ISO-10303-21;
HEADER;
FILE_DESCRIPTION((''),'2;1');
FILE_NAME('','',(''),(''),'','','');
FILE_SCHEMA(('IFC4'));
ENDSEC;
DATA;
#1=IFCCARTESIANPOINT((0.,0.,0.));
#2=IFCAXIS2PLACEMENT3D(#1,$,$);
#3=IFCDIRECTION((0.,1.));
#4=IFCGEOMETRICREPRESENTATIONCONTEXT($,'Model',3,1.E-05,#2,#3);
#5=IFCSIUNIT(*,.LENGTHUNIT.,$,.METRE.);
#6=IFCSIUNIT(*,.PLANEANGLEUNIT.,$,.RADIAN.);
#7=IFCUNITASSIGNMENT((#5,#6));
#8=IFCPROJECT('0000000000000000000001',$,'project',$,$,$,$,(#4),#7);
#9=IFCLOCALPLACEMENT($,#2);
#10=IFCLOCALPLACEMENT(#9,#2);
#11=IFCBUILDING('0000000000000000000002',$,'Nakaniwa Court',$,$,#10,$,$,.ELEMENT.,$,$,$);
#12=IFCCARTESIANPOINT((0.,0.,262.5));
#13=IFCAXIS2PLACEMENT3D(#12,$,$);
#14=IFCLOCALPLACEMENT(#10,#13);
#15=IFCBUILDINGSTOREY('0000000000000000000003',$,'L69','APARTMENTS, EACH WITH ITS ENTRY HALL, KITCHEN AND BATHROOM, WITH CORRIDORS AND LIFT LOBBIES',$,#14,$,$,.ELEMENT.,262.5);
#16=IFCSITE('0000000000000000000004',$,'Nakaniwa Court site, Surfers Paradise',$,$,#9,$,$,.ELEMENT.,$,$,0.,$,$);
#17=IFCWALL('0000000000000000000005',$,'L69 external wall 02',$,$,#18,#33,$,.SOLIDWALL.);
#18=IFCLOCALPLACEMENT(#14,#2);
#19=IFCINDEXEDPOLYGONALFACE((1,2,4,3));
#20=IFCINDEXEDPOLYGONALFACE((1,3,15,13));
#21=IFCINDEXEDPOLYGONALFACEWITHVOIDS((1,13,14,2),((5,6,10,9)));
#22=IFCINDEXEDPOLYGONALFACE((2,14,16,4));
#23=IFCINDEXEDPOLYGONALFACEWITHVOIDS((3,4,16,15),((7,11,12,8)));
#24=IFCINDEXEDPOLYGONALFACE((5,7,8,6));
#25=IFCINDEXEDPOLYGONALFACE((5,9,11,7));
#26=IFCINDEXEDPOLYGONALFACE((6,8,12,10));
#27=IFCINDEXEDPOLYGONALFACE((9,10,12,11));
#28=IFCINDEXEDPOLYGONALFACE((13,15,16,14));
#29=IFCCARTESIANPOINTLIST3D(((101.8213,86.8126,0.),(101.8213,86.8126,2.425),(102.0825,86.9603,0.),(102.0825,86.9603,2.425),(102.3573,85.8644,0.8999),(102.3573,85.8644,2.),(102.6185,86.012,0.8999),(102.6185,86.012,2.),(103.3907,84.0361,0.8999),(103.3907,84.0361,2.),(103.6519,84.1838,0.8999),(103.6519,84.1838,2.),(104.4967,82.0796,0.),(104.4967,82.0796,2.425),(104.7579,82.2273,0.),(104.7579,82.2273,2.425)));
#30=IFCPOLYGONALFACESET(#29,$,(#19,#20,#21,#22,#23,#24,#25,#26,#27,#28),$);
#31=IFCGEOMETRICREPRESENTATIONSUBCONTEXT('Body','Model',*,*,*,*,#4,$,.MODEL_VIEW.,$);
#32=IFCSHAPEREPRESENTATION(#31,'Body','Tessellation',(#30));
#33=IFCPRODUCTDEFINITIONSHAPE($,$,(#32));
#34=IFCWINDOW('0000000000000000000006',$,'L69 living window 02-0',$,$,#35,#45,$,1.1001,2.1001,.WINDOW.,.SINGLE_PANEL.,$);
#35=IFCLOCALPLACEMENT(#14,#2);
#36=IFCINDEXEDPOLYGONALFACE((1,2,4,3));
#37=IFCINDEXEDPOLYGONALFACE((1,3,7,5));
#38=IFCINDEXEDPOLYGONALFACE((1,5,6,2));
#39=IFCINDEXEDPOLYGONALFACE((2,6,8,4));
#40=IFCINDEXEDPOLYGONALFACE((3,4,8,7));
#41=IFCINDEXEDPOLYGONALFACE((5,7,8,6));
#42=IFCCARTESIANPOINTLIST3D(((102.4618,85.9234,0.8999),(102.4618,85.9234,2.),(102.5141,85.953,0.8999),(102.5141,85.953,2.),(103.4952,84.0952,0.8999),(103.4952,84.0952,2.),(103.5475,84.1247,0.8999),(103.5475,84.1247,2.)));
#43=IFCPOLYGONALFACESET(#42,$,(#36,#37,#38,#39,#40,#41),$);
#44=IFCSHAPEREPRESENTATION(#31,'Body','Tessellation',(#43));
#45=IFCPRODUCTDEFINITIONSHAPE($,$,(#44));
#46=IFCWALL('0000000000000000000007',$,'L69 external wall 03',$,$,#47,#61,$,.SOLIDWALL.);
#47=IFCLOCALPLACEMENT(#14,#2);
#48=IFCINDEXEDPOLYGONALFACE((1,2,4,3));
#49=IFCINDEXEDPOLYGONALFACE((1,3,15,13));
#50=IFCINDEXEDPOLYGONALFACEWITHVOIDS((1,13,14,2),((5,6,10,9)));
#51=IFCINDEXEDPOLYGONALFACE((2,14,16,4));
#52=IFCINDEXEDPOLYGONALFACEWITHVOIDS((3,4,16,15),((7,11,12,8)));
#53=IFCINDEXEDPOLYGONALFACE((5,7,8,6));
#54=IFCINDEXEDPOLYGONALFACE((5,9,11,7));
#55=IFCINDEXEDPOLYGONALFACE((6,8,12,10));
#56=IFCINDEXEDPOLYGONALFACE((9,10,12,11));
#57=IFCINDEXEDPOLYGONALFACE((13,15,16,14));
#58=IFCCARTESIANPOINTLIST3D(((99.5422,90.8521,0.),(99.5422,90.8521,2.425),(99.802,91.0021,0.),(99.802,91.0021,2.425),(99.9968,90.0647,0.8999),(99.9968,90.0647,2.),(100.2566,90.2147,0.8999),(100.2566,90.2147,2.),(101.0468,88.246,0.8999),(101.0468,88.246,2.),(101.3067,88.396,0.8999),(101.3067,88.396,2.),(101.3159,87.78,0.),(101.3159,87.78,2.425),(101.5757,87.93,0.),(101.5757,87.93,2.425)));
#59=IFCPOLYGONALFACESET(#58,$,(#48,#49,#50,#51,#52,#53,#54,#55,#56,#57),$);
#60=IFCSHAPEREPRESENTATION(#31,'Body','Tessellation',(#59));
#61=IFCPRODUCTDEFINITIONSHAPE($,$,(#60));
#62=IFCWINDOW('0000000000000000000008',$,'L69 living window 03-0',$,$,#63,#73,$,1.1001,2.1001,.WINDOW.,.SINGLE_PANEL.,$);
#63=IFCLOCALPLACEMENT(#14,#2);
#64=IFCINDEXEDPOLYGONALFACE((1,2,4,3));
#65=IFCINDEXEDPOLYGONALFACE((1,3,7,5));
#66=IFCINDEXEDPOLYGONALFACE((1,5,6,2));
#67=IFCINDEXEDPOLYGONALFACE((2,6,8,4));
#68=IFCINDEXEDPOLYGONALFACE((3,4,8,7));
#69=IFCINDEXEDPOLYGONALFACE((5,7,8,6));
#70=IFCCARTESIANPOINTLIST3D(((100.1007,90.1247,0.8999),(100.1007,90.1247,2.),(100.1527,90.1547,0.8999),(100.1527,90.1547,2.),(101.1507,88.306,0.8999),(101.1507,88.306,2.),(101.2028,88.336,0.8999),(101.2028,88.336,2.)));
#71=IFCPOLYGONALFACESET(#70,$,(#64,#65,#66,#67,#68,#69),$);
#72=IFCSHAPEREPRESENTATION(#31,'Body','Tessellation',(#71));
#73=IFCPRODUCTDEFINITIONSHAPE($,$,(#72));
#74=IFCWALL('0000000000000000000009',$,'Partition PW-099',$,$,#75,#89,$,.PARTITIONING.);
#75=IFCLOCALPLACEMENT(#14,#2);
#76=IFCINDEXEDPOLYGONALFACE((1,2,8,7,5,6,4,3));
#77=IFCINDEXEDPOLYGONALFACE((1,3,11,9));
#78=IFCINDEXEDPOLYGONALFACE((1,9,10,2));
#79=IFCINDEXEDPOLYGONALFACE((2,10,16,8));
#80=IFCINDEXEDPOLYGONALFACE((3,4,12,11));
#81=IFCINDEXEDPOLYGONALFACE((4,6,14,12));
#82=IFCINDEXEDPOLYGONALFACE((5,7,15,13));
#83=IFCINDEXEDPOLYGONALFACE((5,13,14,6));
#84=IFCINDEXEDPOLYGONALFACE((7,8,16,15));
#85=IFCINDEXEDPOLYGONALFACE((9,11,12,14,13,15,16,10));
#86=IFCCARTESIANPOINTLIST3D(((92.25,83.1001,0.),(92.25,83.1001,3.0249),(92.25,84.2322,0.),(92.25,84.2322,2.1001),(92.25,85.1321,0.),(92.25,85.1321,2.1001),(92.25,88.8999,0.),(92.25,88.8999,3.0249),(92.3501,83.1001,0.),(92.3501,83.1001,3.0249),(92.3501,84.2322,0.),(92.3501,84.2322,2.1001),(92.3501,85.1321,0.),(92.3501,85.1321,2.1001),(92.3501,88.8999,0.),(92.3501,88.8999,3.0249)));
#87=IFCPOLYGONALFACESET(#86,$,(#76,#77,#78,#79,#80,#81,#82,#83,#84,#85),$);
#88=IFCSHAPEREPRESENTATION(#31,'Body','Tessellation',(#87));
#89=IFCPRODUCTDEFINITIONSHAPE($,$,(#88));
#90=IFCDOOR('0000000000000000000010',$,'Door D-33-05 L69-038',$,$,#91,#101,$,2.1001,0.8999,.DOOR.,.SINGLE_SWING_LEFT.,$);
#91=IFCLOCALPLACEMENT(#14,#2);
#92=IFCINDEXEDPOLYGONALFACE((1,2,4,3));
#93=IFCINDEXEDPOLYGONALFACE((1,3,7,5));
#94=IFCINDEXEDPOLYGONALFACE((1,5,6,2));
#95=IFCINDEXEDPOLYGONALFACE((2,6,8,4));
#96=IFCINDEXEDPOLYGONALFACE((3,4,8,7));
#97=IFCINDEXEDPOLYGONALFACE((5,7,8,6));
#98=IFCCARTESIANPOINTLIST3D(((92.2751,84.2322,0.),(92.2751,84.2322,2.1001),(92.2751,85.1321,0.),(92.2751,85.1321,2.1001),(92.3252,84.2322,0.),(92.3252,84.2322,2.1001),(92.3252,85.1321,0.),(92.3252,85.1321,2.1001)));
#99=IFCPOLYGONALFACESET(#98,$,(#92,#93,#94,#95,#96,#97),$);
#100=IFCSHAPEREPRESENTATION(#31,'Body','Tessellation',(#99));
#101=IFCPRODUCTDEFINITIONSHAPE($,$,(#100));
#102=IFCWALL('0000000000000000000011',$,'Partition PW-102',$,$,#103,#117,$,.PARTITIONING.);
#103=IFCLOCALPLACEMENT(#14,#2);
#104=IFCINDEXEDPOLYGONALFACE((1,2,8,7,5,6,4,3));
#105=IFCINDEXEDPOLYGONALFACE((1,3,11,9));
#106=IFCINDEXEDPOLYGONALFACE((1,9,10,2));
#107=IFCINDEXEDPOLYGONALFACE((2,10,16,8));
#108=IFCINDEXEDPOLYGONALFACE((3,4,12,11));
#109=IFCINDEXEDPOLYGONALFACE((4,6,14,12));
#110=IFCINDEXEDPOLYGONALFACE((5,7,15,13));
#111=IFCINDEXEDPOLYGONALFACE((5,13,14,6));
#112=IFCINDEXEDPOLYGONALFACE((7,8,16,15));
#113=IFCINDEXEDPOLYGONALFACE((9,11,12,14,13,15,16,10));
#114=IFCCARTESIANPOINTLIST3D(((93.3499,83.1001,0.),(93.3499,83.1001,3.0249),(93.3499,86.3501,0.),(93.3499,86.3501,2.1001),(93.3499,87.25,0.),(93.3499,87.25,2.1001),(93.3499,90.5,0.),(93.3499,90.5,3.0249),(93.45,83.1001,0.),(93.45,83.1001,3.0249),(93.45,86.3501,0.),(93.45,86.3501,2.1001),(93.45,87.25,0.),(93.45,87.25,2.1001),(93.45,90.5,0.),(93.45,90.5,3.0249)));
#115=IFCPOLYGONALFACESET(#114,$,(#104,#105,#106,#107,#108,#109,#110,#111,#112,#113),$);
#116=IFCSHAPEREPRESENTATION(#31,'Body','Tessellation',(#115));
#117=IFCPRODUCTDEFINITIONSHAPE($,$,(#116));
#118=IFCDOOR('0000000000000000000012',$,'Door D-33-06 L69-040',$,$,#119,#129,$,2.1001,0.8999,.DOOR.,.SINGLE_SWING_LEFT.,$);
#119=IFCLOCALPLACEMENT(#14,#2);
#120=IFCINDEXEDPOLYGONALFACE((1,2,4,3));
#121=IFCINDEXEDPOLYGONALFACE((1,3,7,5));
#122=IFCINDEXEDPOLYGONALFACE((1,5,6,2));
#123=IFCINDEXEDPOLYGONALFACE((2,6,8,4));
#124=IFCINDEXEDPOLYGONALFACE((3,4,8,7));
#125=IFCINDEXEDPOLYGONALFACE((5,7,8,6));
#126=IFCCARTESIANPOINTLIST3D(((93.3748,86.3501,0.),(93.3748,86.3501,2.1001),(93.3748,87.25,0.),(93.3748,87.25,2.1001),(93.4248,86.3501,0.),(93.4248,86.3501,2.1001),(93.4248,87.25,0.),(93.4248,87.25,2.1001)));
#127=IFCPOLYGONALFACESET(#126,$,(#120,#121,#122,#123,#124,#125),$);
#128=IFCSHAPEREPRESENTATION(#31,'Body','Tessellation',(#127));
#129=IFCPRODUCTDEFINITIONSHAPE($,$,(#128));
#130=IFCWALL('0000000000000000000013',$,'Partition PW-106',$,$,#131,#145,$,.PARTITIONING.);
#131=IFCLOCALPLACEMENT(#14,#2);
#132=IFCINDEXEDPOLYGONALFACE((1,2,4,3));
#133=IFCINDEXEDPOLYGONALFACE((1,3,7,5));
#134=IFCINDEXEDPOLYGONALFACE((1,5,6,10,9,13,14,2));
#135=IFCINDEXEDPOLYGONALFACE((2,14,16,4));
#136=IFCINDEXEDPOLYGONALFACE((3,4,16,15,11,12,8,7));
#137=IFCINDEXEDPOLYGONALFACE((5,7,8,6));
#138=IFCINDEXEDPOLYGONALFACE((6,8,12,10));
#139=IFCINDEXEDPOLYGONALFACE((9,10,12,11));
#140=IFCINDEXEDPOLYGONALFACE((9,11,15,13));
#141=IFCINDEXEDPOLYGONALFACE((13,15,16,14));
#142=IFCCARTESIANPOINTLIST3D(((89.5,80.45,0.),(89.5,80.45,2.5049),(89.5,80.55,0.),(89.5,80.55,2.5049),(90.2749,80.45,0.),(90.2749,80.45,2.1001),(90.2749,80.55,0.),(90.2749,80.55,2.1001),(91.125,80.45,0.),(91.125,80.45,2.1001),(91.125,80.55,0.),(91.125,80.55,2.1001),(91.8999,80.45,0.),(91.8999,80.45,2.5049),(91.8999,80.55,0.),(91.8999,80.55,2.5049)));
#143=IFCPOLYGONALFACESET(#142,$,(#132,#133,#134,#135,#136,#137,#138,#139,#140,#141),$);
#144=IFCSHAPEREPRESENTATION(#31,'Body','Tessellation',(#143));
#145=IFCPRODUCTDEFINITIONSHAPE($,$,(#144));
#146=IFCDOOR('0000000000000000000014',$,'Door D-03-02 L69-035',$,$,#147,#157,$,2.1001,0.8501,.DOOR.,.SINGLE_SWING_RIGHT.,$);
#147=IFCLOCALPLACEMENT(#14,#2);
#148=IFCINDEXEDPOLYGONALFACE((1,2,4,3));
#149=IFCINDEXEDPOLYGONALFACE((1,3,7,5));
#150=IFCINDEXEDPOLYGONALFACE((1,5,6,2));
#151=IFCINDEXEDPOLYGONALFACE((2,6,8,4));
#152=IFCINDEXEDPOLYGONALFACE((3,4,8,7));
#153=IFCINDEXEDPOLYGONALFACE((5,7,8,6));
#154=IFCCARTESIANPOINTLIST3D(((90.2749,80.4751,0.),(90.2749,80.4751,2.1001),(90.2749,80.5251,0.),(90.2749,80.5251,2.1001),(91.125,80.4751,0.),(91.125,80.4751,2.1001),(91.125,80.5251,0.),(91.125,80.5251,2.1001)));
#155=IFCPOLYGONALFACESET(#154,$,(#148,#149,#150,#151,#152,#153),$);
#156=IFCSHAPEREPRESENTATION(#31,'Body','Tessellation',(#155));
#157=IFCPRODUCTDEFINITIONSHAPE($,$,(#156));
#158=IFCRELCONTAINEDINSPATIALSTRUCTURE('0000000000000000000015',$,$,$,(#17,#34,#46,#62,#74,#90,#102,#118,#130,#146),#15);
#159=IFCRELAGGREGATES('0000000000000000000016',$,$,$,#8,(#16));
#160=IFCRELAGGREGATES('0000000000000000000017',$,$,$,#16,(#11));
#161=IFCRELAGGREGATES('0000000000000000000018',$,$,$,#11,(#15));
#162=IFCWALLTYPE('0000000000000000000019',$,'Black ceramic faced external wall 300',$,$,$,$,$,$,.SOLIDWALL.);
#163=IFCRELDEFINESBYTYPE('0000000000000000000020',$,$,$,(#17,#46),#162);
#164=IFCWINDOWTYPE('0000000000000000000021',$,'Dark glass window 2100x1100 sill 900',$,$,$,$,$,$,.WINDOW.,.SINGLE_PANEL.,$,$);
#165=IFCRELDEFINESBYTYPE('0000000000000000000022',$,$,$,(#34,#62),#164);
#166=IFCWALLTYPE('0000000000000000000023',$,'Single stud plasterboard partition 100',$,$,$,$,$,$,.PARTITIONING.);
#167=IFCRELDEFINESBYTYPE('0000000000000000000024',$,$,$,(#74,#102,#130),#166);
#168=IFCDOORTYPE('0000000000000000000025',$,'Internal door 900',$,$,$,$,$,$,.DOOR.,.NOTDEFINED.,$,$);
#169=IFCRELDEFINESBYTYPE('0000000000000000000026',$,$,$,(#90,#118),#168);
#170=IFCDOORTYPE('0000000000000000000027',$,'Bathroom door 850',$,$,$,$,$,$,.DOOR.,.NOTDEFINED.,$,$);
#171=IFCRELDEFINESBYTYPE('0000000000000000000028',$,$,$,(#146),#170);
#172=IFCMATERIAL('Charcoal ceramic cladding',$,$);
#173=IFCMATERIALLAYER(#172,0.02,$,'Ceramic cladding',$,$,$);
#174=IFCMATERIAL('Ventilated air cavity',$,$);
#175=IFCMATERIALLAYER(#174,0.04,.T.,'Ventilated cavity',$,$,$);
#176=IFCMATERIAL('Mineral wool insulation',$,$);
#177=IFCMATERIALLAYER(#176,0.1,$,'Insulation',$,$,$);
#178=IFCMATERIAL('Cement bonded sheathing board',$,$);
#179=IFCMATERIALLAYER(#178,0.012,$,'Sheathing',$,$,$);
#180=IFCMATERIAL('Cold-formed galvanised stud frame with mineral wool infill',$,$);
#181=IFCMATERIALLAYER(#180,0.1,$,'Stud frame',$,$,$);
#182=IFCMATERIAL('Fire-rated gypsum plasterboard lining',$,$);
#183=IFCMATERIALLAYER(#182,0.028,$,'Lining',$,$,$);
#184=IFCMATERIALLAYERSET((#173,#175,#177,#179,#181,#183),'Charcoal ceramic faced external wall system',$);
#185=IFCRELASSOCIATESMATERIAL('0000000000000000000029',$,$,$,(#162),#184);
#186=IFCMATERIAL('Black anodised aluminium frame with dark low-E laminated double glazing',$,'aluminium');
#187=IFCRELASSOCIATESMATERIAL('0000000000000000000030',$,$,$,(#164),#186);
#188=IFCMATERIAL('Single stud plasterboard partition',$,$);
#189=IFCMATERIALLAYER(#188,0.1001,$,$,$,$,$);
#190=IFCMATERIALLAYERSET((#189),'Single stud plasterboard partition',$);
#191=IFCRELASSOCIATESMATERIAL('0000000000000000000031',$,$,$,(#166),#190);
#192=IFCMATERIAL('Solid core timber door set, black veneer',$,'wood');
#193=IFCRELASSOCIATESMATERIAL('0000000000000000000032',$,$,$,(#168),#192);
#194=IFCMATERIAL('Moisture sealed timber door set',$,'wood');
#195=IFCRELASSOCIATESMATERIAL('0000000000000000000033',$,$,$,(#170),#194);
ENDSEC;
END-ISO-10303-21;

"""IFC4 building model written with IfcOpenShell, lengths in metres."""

from ifc_helpers import new_model, si_unit, direction, frame, frame_2d, origin, place, context, subcontext, project, spatial, rectangle, extrude, material, layer, layer_set, type_object, element, fill, save


model = new_model("IFC4")

# Units and contexts
model_context = context("Model", 3, precision=1e-05, world=origin(), true_north=direction((0.0, 1.0)))
body_context = subcontext(model_context, "Body", "Model", "MODEL_VIEW")
ifc_project = project(units=[si_unit("LENGTHUNIT", "METRE"), si_unit("PLANEANGLEUNIT", "RADIAN")], contexts=[model_context])

# Site, building, storey
site_placement = place(None, origin())
site = spatial("IfcSite", under=ifc_project, at=site_placement, Name="Nakaniwa Court site, Surfers Paradise", CompositionType="ELEMENT", RefElevation=0.0)
building_placement = place(site_placement, origin())
building = spatial("IfcBuilding", under=site, at=building_placement, Name="Nakaniwa Court", CompositionType="ELEMENT")
storey_placement = place(building_placement, frame((0.0, 0.0, 262.5)))
storey = spatial("IfcBuildingStorey", under=building, at=storey_placement, Name="L69", Description="APARTMENTS, EACH WITH ITS ENTRY HALL, KITCHEN AND BATHROOM, WITH CORRIDORS AND LIFT LOBBIES", CompositionType="ELEMENT", Elevation=262.5)

# Shared definitions
ifc_material_1 = material(Name="Charcoal ceramic cladding")
ifc_layer_1 = layer(ifc_material_1, 0.02, Name="Ceramic cladding")
ifc_material_2 = material(Name="Ventilated air cavity")
ifc_layer_2 = layer(ifc_material_2, 0.04, ventilated=True, Name="Ventilated cavity")
ifc_material_3 = material(Name="Mineral wool insulation")
ifc_layer_3 = layer(ifc_material_3, 0.1, Name="Insulation")
ifc_material_4 = material(Name="Cement bonded sheathing board")
ifc_layer_4 = layer(ifc_material_4, 0.012, Name="Sheathing")
ifc_material_5 = material(Name="Cold-formed galvanised stud frame with mineral wool infill")
ifc_layer_5 = layer(ifc_material_5, 0.1, Name="Stud frame")
ifc_material_6 = material(Name="Fire-rated gypsum plasterboard lining")
ifc_layer_6 = layer(ifc_material_6, 0.028, Name="Lining")
ifc_layer_set_1 = layer_set([ifc_layer_1, ifc_layer_2, ifc_layer_3, ifc_layer_4, ifc_layer_5, ifc_layer_6], Name="Charcoal ceramic faced external wall system")
wall_type_1 = type_object("IfcWallType", Name="Black ceramic faced external wall 300", PredefinedType="SOLIDWALL", material=ifc_layer_set_1)

# Walls, openings, windows
wall_1_placement = place(storey_placement, frame((104.6272, 82.1536, 0.0), z_axis=(0.0, 0.0, 1.0), x_axis=(-0.492081, 0.870549, 0.0)))
wall_1 = element("IfcWall", 1, at=wall_1_placement, inside=storey, type_object=wall_type_1, Name="L69 external wall 02", PredefinedType="SOLIDWALL", context=body_context, shape_type="SweptSolid", body=[
    extrude(rectangle(XDim=5.4368, YDim=0.3, at=frame_2d((2.7183, 0.0))), origin(), (0.0, 0.0, 1.0), 2.425),
])
opening_1_placement = place(wall_1_placement, frame((2.2473, 0.0, 0.8999)))
opening_1 = element("IfcOpeningElement", 2, at=opening_1_placement, cuts=wall_1, PredefinedType="OPENING", context=body_context, shape_type="SweptSolid", body=[
    extrude(rectangle(XDim=2.1001, YDim=1.1001, at=frame_2d((1.05, 0.55))), frame((0.0, 0.1599, 0.0), z_axis=(0.0, -1.0, 0.0), x_axis=(1.0, 0.0, 0.0)), (0.0, 0.0, 1.0), 0.3201),
])
ifc_material_7 = material(Name="Black anodised aluminium frame with dark low-E laminated double glazing", Category="aluminium")
window_type = type_object("IfcWindowType", Name="Dark glass window 2100x1100 sill 900", PartitioningType="SINGLE_PANEL", PredefinedType="WINDOW", material=ifc_material_7)
window_1_placement = place(opening_1_placement, origin())
window_1 = element("IfcWindow", 3, at=window_1_placement, inside=storey, type_object=window_type, Name="L69 living window 02-0", OverallHeight=1.1001, OverallWidth=2.1001, PartitioningType="SINGLE_PANEL", PredefinedType="WINDOW", context=body_context, shape_type="SweptSolid", body=[
    extrude(rectangle(XDim=2.1001, YDim=1.1001, at=frame_2d((1.05, 0.55))), frame((0.0, 0.03, 0.0), z_axis=(0.0, -1.0, 0.0), x_axis=(1.0, 0.0, 0.0)), (0.0, 0.0, 1.0), 0.0601),
])
fill(opening_1, window_1)
wall_2_placement = place(storey_placement, frame((101.4458, 87.855, 0.0), z_axis=(0.0, 0.0, 1.0), x_axis=(-0.50001, 0.866019, 0.0)))
wall_2 = element("IfcWall", 4, at=wall_2_placement, inside=storey, type_object=wall_type_1, Name="L69 external wall 03", PredefinedType="SOLIDWALL", context=body_context, shape_type="SweptSolid", body=[
    extrude(rectangle(XDim=3.5474, YDim=0.3, at=frame_2d((1.7737, 0.0))), origin(), (0.0, 0.0, 1.0), 2.425),
])
opening_2_placement = place(wall_2_placement, frame((0.5381, 0.0, 0.8999)))
opening_2 = element("IfcOpeningElement", 5, at=opening_2_placement, cuts=wall_2, PredefinedType="OPENING", context=body_context, shape_type="SweptSolid", body=[
    extrude(rectangle(XDim=2.1001, YDim=1.1001, at=frame_2d((1.05, 0.55))), frame((0.0, 0.1599, 0.0), z_axis=(0.0, -1.0, 0.0), x_axis=(1.0, 0.0, 0.0)), (0.0, 0.0, 1.0), 0.3201),
])
window_2_placement = place(opening_2_placement, origin())
window_2 = element("IfcWindow", 6, at=window_2_placement, inside=storey, type_object=window_type, Name="L69 living window 03-0", OverallHeight=1.1001, OverallWidth=2.1001, PartitioningType="SINGLE_PANEL", PredefinedType="WINDOW", context=body_context, shape_type="SweptSolid", body=[
    extrude(rectangle(XDim=2.1001, YDim=1.1001, at=frame_2d((1.05, 0.55))), frame((0.0, 0.03, 0.0), z_axis=(0.0, -1.0, 0.0), x_axis=(1.0, 0.0, 0.0)), (0.0, 0.0, 1.0), 0.0601),
])
fill(opening_2, window_2)

# Walls, openings, doors
ifc_material_8 = material(Name="Single stud plasterboard partition")
ifc_layer_7 = layer(ifc_material_8, 0.1001)
ifc_layer_set_2 = layer_set([ifc_layer_7], Name="Single stud plasterboard partition")
wall_type_2 = type_object("IfcWallType", Name="Single stud plasterboard partition 100", PredefinedType="PARTITIONING", material=ifc_layer_set_2)
wall_3_placement = place(storey_placement, frame((92.3, 83.1001, 0.0), z_axis=(0.0, 0.0, 1.0), x_axis=(0.0, 1.0, 0.0)))
wall_3 = element("IfcWall", 7, at=wall_3_placement, inside=storey, type_object=wall_type_2, Name="Partition PW-099", PredefinedType="PARTITIONING", context=body_context, shape_type="SweptSolid", body=[
    extrude(rectangle(XDim=5.7998, YDim=0.1001, at=frame_2d((2.8999, 0.0))), origin(), (0.0, 0.0, 1.0), 3.0249),
])
opening_3_placement = place(wall_3_placement, frame((1.1321, 0.0, 0.0)))
opening_3 = element("IfcOpeningElement", 8, at=opening_3_placement, cuts=wall_3, PredefinedType="OPENING", context=body_context, shape_type="SweptSolid", body=[
    extrude(rectangle(XDim=0.8999, YDim=2.1001, at=frame_2d((0.45, 1.05))), frame((0.0, 0.0601, 0.0), z_axis=(0.0, -1.0, 0.0), x_axis=(1.0, 0.0, 0.0)), (0.0, 0.0, 1.0), 0.1201),
])
ifc_material_9 = material(Name="Solid core timber door set, black veneer", Category="wood")
door_type_1 = type_object("IfcDoorType", Name="Internal door 900", OperationType="NOTDEFINED", PredefinedType="DOOR", material=ifc_material_9)
door_1_placement = place(opening_3_placement, origin())
door_1 = element("IfcDoor", 9, at=door_1_placement, inside=storey, type_object=door_type_1, Name="Door D-33-05 L69-038", OperationType="SINGLE_SWING_LEFT", OverallHeight=2.1001, OverallWidth=0.8999, PredefinedType="DOOR", context=body_context, shape_type="SweptSolid", body=[
    extrude(rectangle(XDim=0.8999, YDim=2.1001, at=frame_2d((0.45, 1.05))), frame((0.0, 0.0249, 0.0), z_axis=(0.0, -1.0, 0.0), x_axis=(1.0, 0.0, 0.0)), (0.0, 0.0, 1.0), 0.05),
])
fill(opening_3, door_1)
wall_4_placement = place(storey_placement, frame((93.3999, 90.5, 0.0), z_axis=(0.0, 0.0, 1.0), x_axis=(0.0, -1.0, 0.0)))
wall_4 = element("IfcWall", 10, at=wall_4_placement, inside=storey, type_object=wall_type_2, Name="Partition PW-102", PredefinedType="PARTITIONING", context=body_context, shape_type="SweptSolid", body=[
    extrude(rectangle(XDim=7.3999, YDim=0.1001, at=frame_2d((3.7, 0.0))), origin(), (0.0, 0.0, 1.0), 3.0249),
])
opening_4_placement = place(wall_4_placement, frame((3.25, 0.0, 0.0)))
opening_4 = element("IfcOpeningElement", 11, at=opening_4_placement, cuts=wall_4, PredefinedType="OPENING", context=body_context, shape_type="SweptSolid", body=[
    extrude(rectangle(XDim=0.8999, YDim=2.1001, at=frame_2d((0.45, 1.05))), frame((0.0, 0.0601, 0.0), z_axis=(0.0, -1.0, 0.0), x_axis=(1.0, 0.0, 0.0)), (0.0, 0.0, 1.0), 0.1201),
])
door_2_placement = place(opening_4_placement, origin())
door_2 = element("IfcDoor", 12, at=door_2_placement, inside=storey, type_object=door_type_1, Name="Door D-33-06 L69-040", OperationType="SINGLE_SWING_LEFT", OverallHeight=2.1001, OverallWidth=0.8999, PredefinedType="DOOR", context=body_context, shape_type="SweptSolid", body=[
    extrude(rectangle(XDim=0.8999, YDim=2.1001, at=frame_2d((0.45, 1.05))), frame((0.0, 0.0249, 0.0), z_axis=(0.0, -1.0, 0.0), x_axis=(1.0, 0.0, 0.0)), (0.0, 0.0, 1.0), 0.05),
])
fill(opening_4, door_2)
wall_5_placement = place(storey_placement, frame((91.8999, 80.5, 0.0), z_axis=(0.0, 0.0, 1.0), x_axis=(-1.0, 0.0, 0.0)))
wall_5 = element("IfcWall", 13, at=wall_5_placement, inside=storey, type_object=wall_type_2, Name="Partition PW-106", PredefinedType="PARTITIONING", context=body_context, shape_type="SweptSolid", body=[
    extrude(rectangle(XDim=2.3999, YDim=0.1001, at=frame_2d((1.2, 0.0))), origin(), (0.0, 0.0, 1.0), 2.5049),
])
opening_5_placement = place(wall_5_placement, frame((0.7749, 0.0, 0.0)))
opening_5 = element("IfcOpeningElement", 14, at=opening_5_placement, cuts=wall_5, PredefinedType="OPENING", context=body_context, shape_type="SweptSolid", body=[
    extrude(rectangle(XDim=0.8501, YDim=2.1001, at=frame_2d((0.425, 1.05))), frame((0.0, 0.0601, 0.0), z_axis=(0.0, -1.0, 0.0), x_axis=(1.0, 0.0, 0.0)), (0.0, 0.0, 1.0), 0.1201),
])
ifc_material_10 = material(Name="Moisture sealed timber door set", Category="wood")
door_type_2 = type_object("IfcDoorType", Name="Bathroom door 850", OperationType="NOTDEFINED", PredefinedType="DOOR", material=ifc_material_10)
door_3_placement = place(opening_5_placement, origin())
door_3 = element("IfcDoor", 15, at=door_3_placement, inside=storey, type_object=door_type_2, Name="Door D-03-02 L69-035", OperationType="SINGLE_SWING_RIGHT", OverallHeight=2.1001, OverallWidth=0.8501, PredefinedType="DOOR", context=body_context, shape_type="SweptSolid", body=[
    extrude(rectangle(XDim=0.8501, YDim=2.1001, at=frame_2d((0.425, 1.05))), frame((0.0, 0.0249, 0.0), z_axis=(0.0, -1.0, 0.0), x_axis=(1.0, 0.0, 0.0)), (0.0, 0.0, 1.0), 0.05),
])
fill(opening_5, door_3)

save(model, "model.ifc")
